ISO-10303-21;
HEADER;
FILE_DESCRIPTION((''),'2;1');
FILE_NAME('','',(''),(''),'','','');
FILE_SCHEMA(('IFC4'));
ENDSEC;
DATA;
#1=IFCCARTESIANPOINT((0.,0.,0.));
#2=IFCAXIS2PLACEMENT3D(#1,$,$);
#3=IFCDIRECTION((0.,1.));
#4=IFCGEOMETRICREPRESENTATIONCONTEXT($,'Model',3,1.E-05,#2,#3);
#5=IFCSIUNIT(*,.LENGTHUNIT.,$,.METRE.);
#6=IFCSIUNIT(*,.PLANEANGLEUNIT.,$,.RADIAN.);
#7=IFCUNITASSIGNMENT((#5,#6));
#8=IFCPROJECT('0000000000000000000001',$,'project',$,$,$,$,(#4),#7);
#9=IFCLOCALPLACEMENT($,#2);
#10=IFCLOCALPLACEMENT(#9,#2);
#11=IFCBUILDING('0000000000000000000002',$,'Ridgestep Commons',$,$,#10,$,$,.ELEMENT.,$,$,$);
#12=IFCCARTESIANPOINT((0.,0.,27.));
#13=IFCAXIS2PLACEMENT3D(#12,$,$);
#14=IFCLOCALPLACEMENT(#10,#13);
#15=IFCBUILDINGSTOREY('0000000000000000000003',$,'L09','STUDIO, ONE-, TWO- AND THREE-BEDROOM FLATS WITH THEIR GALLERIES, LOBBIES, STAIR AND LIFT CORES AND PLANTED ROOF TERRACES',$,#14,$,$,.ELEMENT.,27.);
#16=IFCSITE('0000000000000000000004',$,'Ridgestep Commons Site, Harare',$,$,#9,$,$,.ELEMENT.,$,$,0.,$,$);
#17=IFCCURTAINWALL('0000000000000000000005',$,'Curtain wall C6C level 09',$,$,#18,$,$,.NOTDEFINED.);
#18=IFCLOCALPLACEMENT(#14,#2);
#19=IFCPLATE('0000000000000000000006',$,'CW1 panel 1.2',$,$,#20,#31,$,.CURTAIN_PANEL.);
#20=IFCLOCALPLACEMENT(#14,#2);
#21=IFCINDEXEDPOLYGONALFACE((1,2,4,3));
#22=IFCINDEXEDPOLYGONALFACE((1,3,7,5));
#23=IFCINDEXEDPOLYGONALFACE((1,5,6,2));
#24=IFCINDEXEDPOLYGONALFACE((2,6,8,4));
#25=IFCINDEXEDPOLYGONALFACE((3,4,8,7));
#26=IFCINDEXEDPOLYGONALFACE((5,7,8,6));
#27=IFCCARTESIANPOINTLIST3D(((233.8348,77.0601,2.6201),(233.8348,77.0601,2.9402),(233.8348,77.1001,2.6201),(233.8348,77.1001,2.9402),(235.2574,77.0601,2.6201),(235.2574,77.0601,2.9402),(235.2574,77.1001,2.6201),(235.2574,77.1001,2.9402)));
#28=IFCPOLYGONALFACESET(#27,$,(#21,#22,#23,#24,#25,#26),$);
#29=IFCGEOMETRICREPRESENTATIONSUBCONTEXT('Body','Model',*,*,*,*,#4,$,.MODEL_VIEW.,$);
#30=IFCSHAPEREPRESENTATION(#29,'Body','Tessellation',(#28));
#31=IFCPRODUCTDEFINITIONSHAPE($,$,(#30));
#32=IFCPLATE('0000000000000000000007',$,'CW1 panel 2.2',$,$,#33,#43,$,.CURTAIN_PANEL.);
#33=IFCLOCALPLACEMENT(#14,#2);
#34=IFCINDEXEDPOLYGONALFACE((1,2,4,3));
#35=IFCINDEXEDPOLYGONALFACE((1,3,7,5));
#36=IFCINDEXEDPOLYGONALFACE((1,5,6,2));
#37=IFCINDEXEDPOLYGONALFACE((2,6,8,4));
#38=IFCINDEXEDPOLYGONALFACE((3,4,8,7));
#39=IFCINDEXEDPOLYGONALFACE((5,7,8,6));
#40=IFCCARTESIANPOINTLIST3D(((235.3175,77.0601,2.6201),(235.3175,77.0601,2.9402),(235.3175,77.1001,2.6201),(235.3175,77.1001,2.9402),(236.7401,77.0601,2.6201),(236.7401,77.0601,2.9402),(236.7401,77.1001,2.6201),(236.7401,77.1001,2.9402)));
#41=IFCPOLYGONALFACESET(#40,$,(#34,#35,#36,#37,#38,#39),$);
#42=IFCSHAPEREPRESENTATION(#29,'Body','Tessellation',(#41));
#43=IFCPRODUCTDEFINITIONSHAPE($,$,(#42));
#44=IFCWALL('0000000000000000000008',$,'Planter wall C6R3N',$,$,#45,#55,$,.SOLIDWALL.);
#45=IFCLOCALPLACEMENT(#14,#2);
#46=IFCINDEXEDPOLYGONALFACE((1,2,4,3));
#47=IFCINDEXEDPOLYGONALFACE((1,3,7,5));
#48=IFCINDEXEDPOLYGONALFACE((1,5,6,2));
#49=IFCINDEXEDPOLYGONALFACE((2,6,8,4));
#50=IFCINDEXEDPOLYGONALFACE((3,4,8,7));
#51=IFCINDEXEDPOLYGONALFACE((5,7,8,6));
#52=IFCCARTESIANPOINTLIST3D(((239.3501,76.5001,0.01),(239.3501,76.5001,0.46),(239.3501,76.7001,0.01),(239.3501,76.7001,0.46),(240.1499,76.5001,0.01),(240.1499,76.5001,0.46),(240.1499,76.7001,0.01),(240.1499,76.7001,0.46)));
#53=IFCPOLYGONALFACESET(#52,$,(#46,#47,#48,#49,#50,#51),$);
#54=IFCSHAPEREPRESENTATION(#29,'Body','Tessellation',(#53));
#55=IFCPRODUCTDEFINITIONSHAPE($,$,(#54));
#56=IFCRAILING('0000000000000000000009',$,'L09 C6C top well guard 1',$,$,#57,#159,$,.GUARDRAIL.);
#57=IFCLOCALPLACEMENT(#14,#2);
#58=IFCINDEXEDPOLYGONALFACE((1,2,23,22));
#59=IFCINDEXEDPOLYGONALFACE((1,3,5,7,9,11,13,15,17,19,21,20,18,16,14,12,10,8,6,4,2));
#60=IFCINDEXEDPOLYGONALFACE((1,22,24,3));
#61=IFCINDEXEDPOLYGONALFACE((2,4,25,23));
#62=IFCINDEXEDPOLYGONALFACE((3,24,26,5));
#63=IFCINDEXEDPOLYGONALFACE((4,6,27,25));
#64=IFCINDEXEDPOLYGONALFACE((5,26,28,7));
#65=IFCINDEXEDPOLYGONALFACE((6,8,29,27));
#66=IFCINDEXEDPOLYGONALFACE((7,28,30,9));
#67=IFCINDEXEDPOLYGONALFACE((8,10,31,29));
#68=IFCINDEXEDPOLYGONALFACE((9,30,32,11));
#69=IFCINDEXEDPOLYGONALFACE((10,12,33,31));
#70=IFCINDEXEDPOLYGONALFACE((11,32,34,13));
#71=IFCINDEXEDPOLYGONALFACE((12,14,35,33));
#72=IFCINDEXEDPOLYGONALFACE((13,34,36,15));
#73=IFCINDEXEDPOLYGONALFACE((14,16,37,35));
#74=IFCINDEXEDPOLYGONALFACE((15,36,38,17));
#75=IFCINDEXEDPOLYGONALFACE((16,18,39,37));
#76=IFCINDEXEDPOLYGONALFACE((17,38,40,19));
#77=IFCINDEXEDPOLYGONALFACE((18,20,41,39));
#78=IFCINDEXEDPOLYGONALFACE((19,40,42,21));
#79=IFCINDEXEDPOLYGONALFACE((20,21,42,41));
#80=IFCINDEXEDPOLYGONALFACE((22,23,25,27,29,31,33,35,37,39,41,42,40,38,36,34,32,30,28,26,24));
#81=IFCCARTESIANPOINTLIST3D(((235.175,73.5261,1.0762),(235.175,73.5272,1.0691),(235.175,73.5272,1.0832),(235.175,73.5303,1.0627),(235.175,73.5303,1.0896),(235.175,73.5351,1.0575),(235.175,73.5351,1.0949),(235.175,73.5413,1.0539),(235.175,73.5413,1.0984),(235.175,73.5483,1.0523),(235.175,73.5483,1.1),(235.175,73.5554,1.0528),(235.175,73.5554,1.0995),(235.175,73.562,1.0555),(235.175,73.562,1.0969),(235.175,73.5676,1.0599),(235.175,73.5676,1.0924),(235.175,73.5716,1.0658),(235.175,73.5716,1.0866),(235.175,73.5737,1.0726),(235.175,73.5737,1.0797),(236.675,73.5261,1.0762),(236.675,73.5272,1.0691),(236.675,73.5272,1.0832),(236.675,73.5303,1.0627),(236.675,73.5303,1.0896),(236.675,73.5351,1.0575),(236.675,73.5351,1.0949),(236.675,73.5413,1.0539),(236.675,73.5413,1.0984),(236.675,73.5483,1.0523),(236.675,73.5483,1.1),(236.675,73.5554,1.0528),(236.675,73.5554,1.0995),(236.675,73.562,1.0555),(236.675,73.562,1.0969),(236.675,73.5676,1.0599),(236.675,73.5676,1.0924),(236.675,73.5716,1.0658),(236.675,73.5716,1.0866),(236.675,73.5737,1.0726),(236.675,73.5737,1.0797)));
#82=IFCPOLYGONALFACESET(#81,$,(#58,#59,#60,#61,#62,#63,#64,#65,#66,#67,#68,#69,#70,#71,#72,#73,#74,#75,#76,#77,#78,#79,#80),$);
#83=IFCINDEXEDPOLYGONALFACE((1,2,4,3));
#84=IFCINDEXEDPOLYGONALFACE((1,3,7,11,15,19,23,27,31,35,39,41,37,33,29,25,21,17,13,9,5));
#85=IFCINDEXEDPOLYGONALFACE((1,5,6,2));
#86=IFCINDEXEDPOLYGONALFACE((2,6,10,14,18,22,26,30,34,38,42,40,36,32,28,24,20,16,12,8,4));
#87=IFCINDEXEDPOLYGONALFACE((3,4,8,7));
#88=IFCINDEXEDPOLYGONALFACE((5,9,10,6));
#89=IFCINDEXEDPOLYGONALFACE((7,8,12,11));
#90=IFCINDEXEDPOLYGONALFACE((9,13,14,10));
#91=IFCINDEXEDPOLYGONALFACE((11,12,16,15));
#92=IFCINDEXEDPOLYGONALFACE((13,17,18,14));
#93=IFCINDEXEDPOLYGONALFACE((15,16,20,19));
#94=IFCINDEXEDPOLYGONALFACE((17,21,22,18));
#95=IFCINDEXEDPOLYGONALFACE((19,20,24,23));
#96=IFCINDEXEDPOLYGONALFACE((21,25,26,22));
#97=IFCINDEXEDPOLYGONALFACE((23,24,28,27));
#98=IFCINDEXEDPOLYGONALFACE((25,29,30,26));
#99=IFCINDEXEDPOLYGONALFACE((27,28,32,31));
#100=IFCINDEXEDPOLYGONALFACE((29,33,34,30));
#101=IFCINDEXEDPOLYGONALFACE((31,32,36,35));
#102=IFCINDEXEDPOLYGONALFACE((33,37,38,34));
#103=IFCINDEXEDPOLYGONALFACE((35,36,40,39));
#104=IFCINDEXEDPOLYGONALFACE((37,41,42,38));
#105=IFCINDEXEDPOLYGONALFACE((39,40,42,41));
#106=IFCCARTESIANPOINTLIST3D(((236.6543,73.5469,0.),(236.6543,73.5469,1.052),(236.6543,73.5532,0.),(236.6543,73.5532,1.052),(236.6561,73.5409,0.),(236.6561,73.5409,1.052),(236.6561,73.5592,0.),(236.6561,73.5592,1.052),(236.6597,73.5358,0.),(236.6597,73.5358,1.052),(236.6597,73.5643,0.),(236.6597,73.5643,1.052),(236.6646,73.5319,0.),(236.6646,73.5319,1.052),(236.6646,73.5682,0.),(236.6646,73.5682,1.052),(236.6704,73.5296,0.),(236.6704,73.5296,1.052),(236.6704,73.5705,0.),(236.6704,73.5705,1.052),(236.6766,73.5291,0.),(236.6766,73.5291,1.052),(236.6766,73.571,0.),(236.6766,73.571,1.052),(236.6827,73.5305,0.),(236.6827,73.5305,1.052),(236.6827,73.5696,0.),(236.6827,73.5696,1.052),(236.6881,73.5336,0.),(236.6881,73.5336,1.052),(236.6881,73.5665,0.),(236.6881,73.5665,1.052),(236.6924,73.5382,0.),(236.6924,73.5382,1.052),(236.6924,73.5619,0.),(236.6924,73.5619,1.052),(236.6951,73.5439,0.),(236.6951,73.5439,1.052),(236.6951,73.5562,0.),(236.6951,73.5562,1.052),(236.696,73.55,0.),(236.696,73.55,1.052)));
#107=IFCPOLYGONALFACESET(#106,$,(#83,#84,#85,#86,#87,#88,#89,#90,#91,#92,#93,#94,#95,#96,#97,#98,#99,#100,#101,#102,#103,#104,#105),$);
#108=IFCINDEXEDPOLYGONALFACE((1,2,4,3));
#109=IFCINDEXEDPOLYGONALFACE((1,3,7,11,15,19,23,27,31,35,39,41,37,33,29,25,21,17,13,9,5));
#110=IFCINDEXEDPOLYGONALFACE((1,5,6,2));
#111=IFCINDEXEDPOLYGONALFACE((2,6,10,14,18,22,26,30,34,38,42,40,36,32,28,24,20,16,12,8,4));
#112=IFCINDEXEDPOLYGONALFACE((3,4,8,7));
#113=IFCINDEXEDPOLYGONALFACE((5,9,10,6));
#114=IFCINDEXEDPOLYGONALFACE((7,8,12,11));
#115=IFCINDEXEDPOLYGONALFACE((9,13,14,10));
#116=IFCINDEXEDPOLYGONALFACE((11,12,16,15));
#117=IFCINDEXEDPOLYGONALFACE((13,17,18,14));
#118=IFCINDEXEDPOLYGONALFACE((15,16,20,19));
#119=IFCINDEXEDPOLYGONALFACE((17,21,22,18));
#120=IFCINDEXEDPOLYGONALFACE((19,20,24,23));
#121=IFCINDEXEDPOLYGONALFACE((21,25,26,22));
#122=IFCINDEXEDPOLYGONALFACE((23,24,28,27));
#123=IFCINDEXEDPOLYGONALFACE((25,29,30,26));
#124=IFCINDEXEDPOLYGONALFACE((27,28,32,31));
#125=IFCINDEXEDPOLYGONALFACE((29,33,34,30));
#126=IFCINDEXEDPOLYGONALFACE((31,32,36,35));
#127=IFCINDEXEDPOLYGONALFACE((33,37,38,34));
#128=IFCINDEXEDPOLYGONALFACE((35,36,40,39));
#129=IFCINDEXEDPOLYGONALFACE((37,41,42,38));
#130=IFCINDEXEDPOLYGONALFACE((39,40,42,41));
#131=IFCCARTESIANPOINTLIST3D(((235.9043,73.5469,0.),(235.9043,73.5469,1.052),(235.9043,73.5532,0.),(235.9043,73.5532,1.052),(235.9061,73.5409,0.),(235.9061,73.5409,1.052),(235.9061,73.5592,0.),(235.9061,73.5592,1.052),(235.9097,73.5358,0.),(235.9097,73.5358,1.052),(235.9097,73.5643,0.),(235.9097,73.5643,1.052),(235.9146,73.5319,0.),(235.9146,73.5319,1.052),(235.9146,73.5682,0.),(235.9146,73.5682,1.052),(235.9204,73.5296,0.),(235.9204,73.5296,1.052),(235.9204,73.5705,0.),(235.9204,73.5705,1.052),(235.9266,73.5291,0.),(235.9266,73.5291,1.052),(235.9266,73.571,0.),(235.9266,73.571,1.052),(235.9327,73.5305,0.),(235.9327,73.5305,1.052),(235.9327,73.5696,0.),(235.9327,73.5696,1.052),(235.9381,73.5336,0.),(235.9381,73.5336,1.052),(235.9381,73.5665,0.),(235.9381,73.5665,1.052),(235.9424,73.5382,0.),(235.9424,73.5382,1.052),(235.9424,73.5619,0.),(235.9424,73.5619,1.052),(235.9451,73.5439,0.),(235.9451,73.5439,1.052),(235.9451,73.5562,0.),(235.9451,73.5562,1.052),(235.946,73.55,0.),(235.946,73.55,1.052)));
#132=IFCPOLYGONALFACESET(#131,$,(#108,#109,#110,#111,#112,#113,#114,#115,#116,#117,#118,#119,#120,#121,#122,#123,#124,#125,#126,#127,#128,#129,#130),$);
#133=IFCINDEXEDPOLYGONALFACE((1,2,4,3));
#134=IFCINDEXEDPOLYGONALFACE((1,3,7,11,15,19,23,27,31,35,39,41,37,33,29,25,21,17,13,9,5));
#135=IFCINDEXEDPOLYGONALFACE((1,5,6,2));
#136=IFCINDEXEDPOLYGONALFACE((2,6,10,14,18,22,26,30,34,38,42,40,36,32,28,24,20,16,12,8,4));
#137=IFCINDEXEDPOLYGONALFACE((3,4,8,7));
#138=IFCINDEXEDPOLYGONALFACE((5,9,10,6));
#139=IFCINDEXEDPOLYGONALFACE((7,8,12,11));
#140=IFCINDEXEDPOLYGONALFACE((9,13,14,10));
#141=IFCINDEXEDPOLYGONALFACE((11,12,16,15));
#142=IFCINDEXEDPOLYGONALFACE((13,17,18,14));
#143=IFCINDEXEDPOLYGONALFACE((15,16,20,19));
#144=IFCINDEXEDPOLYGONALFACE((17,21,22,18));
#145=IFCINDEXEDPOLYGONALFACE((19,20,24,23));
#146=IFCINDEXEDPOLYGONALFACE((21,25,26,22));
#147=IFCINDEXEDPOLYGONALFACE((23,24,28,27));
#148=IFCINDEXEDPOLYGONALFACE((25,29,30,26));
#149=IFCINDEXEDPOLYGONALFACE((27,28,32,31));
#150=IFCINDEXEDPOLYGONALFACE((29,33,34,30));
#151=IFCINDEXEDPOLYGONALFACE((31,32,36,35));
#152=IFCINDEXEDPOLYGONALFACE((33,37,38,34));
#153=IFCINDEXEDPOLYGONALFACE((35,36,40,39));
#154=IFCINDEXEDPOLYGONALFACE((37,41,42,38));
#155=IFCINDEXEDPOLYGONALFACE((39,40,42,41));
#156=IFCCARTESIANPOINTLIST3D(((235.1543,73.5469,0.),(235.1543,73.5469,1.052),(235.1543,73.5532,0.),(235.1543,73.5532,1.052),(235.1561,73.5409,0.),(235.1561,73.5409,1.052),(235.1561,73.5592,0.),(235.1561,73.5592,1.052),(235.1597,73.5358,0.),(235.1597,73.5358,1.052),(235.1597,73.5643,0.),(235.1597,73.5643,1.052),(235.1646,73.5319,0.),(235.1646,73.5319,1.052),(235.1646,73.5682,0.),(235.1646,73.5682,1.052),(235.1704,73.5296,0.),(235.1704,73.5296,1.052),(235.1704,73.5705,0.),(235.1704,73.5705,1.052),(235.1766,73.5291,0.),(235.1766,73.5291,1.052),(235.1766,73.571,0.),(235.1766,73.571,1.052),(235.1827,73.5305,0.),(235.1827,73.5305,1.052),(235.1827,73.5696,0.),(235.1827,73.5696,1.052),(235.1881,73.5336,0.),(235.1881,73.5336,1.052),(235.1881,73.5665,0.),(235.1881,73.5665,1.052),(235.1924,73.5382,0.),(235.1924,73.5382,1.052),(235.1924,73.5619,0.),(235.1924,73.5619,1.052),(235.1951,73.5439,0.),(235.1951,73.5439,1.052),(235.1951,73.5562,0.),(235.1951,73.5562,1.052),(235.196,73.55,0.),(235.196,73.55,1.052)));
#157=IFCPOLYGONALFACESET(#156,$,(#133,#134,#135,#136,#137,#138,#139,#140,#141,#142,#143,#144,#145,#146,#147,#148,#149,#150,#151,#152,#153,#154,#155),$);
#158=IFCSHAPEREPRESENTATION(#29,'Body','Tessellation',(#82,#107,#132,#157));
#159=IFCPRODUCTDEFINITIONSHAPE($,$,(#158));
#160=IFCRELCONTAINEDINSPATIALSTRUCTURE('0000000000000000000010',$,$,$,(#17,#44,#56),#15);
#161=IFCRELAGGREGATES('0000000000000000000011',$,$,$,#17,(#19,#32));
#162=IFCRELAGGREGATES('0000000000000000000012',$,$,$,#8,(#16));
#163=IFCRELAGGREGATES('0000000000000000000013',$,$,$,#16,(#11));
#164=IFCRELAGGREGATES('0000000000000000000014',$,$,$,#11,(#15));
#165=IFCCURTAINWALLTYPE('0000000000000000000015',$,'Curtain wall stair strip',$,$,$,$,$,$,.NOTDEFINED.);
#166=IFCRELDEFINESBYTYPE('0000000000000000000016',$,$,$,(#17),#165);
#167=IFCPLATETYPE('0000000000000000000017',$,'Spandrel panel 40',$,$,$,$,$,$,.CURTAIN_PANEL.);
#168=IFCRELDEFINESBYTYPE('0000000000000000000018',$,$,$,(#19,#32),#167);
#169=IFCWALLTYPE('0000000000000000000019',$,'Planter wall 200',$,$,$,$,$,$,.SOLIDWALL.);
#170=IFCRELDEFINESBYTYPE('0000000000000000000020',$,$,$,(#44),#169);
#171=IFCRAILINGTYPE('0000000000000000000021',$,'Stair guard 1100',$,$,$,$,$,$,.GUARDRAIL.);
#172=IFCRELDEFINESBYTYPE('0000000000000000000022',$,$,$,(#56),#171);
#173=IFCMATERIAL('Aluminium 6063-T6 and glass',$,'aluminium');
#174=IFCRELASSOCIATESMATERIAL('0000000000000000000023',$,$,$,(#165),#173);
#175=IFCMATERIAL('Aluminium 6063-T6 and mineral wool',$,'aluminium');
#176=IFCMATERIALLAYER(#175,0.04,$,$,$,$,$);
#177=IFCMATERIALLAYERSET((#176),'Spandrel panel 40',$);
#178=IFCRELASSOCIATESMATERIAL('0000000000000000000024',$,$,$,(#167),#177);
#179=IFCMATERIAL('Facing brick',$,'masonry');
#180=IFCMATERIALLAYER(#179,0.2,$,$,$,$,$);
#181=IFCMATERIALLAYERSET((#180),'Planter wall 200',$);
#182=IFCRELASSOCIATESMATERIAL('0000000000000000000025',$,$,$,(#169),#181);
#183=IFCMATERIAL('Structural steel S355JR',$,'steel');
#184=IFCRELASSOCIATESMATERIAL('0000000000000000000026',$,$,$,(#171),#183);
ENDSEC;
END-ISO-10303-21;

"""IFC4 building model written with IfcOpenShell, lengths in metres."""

from ifc_helpers import new_model, si_unit, direction, frame, frame_2d, origin, origin_2d, place, context, subcontext, project, spatial, rectangle, circle, extrude, material, layer, layer_set, type_object, element, aggregate, save


model = new_model("IFC4")

# Units and contexts
model_context = context("Model", 3, precision=1e-05, world=origin(), true_north=direction((0.0, 1.0)))
body_context = subcontext(model_context, "Body", "Model", "MODEL_VIEW")
ifc_project = project(units=[si_unit("LENGTHUNIT", "METRE"), si_unit("PLANEANGLEUNIT", "RADIAN")], contexts=[model_context])

# Site, building, storey
site_placement = place(None, origin())
site = spatial("IfcSite", under=ifc_project, at=site_placement, Name="Ridgestep Commons Site, Harare", CompositionType="ELEMENT", RefElevation=0.0)
building_placement = place(site_placement, origin())
building = spatial("IfcBuilding", under=site, at=building_placement, Name="Ridgestep Commons", CompositionType="ELEMENT")
storey_placement = place(building_placement, frame((0.0, 0.0, 27.0)))
storey = spatial("IfcBuildingStorey", under=building, at=storey_placement, Name="L09", Description="STUDIO, ONE-, TWO- AND THREE-BEDROOM FLATS WITH THEIR GALLERIES, LOBBIES, STAIR AND LIFT CORES AND PLANTED ROOF TERRACES", CompositionType="ELEMENT", Elevation=27.0)

# Curtain wall, plates
ifc_material_1 = material(Name="Aluminium 6063-T6 and glass", Category="aluminium")
curtain_wall_type = type_object("IfcCurtainWallType", Name="Curtain wall stair strip", PredefinedType="NOTDEFINED", material=ifc_material_1)
curtain_wall_placement = place(storey_placement, origin())
curtain_wall = element("IfcCurtainWall", 1, at=curtain_wall_placement, inside=storey, type_object=curtain_wall_type, Name="Curtain wall C6C level 09", PredefinedType="NOTDEFINED")
ifc_material_2 = material(Name="Aluminium 6063-T6 and mineral wool", Category="aluminium")
ifc_layer_1 = layer(ifc_material_2, 0.04)
ifc_layer_set_1 = layer_set([ifc_layer_1], Name="Spandrel panel 40")
plate_type_1 = type_object("IfcPlateType", Name="Spandrel panel 40", PredefinedType="CURTAIN_PANEL", material=ifc_layer_set_1)
plate_1_placement = place(storey_placement, frame((234.5461, 77.0801, 2.6201), z_axis=(0.0, 0.0, 1.0), x_axis=(1.0, 0.0, 0.0)))
plate_1 = element("IfcPlate", 2, at=plate_1_placement, type_object=plate_type_1, Name="CW1 panel 1.2", PredefinedType="CURTAIN_PANEL", context=body_context, shape_type="SweptSolid", body=[
    extrude(rectangle(XDim=1.4226, YDim=0.04, at=origin_2d()), origin(), (0.0, 0.0, 1.0), 0.3201),
])
plate_2_placement = place(storey_placement, frame((236.0288, 77.0801, 2.6201), z_axis=(0.0, 0.0, 1.0), x_axis=(1.0, 0.0, 0.0)))
plate_2 = element("IfcPlate", 3, at=plate_2_placement, type_object=plate_type_1, Name="CW1 panel 2.2", PredefinedType="CURTAIN_PANEL", context=body_context, shape_type="SweptSolid", body=[
    extrude(rectangle(XDim=1.4226, YDim=0.04, at=origin_2d()), origin(), (0.0, 0.0, 1.0), 0.3201),
])
aggregate(curtain_wall, [plate_1, plate_2])

# Wall
ifc_material_3 = material(Name="Facing brick", Category="masonry")
ifc_layer_2 = layer(ifc_material_3, 0.2)
ifc_layer_set_2 = layer_set([ifc_layer_2], Name="Planter wall 200")
wall_type = type_object("IfcWallType", Name="Planter wall 200", PredefinedType="SOLIDWALL", material=ifc_layer_set_2)
wall_placement = place(storey_placement, frame((239.3501, 76.6001, 0.01), z_axis=(0.0, 0.0, 1.0), x_axis=(1.0, 0.0, 0.0)))
element("IfcWall", 4, at=wall_placement, inside=storey, type_object=wall_type, Name="Planter wall C6R3N", PredefinedType="SOLIDWALL", context=body_context, shape_type="SweptSolid", body=[
    extrude(rectangle(XDim=0.7998, YDim=0.2, at=frame_2d((0.3999, 0.0))), origin(), (0.0, 0.0, 1.0), 0.45),
])

# Railing
ifc_material_4 = material(Name="Structural steel S355JR", Category="steel")
railing_type = type_object("IfcRailingType", Name="Stair guard 1100", PredefinedType="GUARDRAIL", material=ifc_material_4)
railing_placement = place(storey_placement, frame((236.675, 73.55, 0.0)))
element("IfcRailing", 5, at=railing_placement, inside=storey, type_object=railing_type, Name="L09 C6C top well guard 1", PredefinedType="GUARDRAIL", context=body_context, shape_type="SweptSolid", body=[
    extrude(circle(Radius=0.0239, at=origin_2d()), frame((0.0, 0.0, 1.0762), z_axis=(-1.0, 0.0, 0.0), x_axis=(0.0, -1.0, 0.0)), (0.0, 0.0, 1.0), 1.5),
    extrude(circle(Radius=0.021, at=origin_2d()), origin(), (0.0, 0.0, 1.0), 1.052),
    extrude(circle(Radius=0.021, at=origin_2d()), frame((-0.75, 0.0, 0.0)), (0.0, 0.0, 1.0), 1.052),
    extrude(circle(Radius=0.021, at=origin_2d()), frame((-1.5, 0.0, 0.0)), (0.0, 0.0, 1.0), 1.052),
])

save(model, "model.ifc")
